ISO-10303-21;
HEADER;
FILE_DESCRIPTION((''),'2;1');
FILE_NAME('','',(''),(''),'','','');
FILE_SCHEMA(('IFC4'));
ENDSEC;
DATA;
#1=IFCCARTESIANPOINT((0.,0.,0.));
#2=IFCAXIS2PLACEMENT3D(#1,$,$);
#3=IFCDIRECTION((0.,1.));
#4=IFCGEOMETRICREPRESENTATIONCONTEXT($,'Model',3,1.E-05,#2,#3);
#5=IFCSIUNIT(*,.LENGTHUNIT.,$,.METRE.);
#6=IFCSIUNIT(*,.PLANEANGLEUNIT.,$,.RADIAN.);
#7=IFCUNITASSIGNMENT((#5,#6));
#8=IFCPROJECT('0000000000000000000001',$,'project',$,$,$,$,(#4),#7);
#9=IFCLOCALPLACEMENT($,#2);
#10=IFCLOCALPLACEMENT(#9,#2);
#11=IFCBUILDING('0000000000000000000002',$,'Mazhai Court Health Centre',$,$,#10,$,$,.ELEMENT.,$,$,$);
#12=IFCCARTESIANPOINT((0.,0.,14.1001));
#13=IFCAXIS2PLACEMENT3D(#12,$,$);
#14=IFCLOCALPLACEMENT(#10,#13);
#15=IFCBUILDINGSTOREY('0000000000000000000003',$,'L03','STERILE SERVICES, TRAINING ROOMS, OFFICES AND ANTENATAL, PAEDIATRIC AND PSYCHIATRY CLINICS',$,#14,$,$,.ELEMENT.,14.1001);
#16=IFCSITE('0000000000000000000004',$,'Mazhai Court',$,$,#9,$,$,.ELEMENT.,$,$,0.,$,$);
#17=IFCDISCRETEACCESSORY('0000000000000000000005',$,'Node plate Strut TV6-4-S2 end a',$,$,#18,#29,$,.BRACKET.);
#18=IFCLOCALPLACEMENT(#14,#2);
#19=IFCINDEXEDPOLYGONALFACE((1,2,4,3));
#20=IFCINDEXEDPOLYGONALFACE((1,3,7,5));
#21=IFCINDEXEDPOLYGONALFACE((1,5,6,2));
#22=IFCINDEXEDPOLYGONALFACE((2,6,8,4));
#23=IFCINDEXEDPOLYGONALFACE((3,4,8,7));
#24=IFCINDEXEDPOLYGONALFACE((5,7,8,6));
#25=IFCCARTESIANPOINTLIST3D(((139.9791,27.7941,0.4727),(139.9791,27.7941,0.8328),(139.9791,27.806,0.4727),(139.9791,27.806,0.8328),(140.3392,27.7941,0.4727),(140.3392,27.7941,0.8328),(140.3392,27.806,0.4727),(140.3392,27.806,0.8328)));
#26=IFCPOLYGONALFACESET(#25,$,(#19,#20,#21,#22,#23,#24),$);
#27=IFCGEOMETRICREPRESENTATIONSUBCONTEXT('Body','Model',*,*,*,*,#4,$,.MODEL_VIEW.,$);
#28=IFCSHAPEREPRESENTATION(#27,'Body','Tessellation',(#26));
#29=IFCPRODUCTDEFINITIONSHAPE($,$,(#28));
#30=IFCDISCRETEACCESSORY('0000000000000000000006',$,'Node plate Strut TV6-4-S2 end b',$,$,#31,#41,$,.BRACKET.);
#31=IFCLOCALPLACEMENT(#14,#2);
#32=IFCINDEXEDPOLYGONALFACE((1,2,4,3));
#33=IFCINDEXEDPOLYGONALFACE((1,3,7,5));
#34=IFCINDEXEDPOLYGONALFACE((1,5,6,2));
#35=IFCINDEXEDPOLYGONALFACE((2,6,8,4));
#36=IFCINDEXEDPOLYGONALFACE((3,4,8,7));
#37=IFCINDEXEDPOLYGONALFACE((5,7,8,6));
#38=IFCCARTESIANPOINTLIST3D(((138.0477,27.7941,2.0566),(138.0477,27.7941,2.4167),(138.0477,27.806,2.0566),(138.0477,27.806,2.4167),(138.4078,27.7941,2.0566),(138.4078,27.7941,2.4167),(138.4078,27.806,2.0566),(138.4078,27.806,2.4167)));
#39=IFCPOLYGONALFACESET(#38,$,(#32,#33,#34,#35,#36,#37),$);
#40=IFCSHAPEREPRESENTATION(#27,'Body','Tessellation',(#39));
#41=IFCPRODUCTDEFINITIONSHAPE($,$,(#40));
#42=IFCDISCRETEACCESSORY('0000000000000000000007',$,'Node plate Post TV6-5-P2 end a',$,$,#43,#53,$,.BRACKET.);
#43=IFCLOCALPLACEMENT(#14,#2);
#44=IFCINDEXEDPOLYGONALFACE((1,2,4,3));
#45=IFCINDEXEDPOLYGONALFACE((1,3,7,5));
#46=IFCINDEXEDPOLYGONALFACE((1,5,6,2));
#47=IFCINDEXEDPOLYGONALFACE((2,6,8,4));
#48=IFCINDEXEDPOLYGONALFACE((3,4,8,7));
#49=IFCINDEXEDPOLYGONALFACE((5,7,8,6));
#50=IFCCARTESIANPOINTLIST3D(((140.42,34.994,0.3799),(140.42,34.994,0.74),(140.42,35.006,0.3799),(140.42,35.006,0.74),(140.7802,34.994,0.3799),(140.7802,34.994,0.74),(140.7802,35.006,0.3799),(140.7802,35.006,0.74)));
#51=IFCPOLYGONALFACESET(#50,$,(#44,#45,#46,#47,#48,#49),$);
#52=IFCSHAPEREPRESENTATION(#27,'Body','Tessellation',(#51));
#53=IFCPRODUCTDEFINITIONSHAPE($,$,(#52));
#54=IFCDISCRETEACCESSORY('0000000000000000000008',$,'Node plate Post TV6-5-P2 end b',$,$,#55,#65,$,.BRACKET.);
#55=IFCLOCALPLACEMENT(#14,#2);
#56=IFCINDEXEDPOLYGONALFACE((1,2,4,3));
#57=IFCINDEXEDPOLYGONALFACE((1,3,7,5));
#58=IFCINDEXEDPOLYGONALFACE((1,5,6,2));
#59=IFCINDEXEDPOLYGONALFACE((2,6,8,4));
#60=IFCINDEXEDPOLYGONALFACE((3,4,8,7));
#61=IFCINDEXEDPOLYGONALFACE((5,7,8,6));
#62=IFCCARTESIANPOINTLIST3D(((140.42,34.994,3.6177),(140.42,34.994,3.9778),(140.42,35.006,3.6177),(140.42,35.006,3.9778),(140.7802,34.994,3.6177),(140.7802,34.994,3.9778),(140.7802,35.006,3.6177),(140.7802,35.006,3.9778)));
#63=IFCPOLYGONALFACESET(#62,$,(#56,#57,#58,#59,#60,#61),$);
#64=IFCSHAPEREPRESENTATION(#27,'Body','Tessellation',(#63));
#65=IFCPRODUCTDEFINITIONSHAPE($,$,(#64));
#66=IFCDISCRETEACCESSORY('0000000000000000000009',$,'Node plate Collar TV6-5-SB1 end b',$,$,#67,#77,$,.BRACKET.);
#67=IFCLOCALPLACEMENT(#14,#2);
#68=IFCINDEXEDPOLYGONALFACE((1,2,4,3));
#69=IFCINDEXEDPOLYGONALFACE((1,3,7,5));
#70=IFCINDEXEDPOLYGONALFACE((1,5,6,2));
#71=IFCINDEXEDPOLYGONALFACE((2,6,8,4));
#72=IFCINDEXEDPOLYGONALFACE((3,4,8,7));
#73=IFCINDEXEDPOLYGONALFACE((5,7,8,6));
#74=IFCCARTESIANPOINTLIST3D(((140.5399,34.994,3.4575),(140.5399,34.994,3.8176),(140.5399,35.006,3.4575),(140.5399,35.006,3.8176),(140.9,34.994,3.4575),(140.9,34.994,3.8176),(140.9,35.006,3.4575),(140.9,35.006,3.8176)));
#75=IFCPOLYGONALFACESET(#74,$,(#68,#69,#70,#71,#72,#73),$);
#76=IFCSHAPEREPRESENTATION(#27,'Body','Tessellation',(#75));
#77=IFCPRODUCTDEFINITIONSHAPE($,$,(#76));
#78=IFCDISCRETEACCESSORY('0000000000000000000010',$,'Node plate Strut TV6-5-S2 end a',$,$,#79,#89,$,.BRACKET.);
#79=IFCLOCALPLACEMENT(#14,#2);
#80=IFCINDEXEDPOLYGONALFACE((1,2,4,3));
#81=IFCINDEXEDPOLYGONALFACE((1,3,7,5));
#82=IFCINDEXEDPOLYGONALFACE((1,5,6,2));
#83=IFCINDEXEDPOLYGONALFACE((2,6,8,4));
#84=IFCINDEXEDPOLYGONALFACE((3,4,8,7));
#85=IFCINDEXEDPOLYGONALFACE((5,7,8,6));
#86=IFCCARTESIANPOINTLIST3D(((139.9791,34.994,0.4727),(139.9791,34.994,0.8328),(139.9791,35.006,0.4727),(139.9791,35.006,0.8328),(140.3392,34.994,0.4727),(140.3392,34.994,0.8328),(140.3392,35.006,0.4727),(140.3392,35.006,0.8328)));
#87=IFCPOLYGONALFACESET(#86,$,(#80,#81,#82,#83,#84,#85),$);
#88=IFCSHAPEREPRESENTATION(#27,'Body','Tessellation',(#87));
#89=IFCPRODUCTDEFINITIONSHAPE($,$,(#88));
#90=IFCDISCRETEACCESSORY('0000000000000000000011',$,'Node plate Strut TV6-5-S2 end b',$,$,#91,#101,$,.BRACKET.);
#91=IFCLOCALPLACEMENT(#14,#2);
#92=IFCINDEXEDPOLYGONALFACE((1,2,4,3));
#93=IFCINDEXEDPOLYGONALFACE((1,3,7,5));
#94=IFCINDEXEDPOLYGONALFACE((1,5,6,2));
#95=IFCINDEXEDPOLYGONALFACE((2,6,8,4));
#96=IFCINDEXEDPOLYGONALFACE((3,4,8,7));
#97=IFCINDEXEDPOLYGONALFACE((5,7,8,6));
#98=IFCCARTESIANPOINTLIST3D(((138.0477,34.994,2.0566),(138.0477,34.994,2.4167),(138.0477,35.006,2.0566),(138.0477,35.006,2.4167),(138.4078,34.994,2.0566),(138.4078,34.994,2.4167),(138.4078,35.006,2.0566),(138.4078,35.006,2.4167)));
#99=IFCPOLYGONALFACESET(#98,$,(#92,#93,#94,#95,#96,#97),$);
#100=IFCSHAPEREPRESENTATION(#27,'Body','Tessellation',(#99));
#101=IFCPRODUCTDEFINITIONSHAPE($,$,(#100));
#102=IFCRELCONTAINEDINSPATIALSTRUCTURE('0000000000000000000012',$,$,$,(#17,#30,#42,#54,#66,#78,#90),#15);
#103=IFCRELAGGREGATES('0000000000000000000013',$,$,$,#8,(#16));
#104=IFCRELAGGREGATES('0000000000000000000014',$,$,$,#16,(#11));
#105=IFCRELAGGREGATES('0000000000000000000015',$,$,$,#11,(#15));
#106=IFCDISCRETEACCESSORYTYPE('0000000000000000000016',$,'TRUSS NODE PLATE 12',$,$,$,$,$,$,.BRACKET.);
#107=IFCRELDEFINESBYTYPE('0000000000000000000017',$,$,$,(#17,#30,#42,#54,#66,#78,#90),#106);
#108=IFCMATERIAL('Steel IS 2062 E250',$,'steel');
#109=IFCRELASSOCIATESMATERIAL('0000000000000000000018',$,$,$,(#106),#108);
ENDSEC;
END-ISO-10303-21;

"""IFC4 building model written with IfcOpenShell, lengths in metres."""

from ifc_helpers import new_model, si_unit, direction, frame, origin, origin_2d, place, context, subcontext, project, spatial, rectangle, extrude, material, type_object, element, save


model = new_model("IFC4")

# Units and contexts
model_context = context("Model", 3, precision=1e-05, world=origin(), true_north=direction((0.0, 1.0)))
body_context = subcontext(model_context, "Body", "Model", "MODEL_VIEW")
ifc_project = project(units=[si_unit("LENGTHUNIT", "METRE"), si_unit("PLANEANGLEUNIT", "RADIAN")], contexts=[model_context])

# Site, building, storey
site_placement = place(None, origin())
site = spatial("IfcSite", under=ifc_project, at=site_placement, Name="Mazhai Court", CompositionType="ELEMENT", RefElevation=0.0)
building_placement = place(site_placement, origin())
building = spatial("IfcBuilding", under=site, at=building_placement, Name="Mazhai Court Health Centre", CompositionType="ELEMENT")
storey_placement = place(building_placement, frame((0.0, 0.0, 14.1001)))
storey = spatial("IfcBuildingStorey", under=building, at=storey_placement, Name="L03", Description="STERILE SERVICES, TRAINING ROOMS, OFFICES AND ANTENATAL, PAEDIATRIC AND PSYCHIATRY CLINICS", CompositionType="ELEMENT", Elevation=14.1001)

# Discrete accessories
ifc_material_1 = material(Name="Steel IS 2062 E250", Category="steel")
discrete_accessory_type = type_object("IfcDiscreteAccessoryType", Name="TRUSS NODE PLATE 12", PredefinedType="BRACKET", material=ifc_material_1)
for number, where, z_axis, x_axis, name in (
    (1, (140.1592, 27.8, 0.4727), (0.0, 0.0, 1.0), (1.0, 0.0, 0.0), "Node plate Strut TV6-4-S2 end a"),
    (2, (138.2278, 27.8, 2.0566), (0.0, 0.0, 1.0), (1.0, 0.0, 0.0), "Node plate Strut TV6-4-S2 end b"),
    (3, (140.6001, 35.0, 0.3799), (0.0, 0.0, 1.0), (1.0, 0.0, 0.0), "Node plate Post TV6-5-P2 end a"),
    (4, (140.6001, 35.0, 3.6177), (0.0, 0.0, 1.0), (1.0, 0.0, 0.0), "Node plate Post TV6-5-P2 end b"),
    (5, (140.72, 35.0, 3.4575), (0.0, 0.0, 1.0), (1.0, 0.0, 0.0), "Node plate Collar TV6-5-SB1 end b"),
    (6, (140.1592, 35.0, 0.4727), (0.0, 0.0, 1.0), (1.0, 0.0, 0.0), "Node plate Strut TV6-5-S2 end a"),
    (7, (138.2278, 35.0, 2.0566), (0.0, 0.0, 1.0), (1.0, 0.0, 0.0), "Node plate Strut TV6-5-S2 end b"),
):
    element("IfcDiscreteAccessory", number, at=place(storey_placement, frame(where, z_axis=z_axis, x_axis=x_axis)), inside=storey, type_object=discrete_accessory_type, Name=name, PredefinedType="BRACKET", context=body_context, shape_type="SweptSolid", body=[
        extrude(rectangle(XDim=0.3601, YDim=0.012, at=origin_2d()), origin(), (0.0, 0.0, 1.0), 0.3601),
    ])

save(model, "model.ifc")
